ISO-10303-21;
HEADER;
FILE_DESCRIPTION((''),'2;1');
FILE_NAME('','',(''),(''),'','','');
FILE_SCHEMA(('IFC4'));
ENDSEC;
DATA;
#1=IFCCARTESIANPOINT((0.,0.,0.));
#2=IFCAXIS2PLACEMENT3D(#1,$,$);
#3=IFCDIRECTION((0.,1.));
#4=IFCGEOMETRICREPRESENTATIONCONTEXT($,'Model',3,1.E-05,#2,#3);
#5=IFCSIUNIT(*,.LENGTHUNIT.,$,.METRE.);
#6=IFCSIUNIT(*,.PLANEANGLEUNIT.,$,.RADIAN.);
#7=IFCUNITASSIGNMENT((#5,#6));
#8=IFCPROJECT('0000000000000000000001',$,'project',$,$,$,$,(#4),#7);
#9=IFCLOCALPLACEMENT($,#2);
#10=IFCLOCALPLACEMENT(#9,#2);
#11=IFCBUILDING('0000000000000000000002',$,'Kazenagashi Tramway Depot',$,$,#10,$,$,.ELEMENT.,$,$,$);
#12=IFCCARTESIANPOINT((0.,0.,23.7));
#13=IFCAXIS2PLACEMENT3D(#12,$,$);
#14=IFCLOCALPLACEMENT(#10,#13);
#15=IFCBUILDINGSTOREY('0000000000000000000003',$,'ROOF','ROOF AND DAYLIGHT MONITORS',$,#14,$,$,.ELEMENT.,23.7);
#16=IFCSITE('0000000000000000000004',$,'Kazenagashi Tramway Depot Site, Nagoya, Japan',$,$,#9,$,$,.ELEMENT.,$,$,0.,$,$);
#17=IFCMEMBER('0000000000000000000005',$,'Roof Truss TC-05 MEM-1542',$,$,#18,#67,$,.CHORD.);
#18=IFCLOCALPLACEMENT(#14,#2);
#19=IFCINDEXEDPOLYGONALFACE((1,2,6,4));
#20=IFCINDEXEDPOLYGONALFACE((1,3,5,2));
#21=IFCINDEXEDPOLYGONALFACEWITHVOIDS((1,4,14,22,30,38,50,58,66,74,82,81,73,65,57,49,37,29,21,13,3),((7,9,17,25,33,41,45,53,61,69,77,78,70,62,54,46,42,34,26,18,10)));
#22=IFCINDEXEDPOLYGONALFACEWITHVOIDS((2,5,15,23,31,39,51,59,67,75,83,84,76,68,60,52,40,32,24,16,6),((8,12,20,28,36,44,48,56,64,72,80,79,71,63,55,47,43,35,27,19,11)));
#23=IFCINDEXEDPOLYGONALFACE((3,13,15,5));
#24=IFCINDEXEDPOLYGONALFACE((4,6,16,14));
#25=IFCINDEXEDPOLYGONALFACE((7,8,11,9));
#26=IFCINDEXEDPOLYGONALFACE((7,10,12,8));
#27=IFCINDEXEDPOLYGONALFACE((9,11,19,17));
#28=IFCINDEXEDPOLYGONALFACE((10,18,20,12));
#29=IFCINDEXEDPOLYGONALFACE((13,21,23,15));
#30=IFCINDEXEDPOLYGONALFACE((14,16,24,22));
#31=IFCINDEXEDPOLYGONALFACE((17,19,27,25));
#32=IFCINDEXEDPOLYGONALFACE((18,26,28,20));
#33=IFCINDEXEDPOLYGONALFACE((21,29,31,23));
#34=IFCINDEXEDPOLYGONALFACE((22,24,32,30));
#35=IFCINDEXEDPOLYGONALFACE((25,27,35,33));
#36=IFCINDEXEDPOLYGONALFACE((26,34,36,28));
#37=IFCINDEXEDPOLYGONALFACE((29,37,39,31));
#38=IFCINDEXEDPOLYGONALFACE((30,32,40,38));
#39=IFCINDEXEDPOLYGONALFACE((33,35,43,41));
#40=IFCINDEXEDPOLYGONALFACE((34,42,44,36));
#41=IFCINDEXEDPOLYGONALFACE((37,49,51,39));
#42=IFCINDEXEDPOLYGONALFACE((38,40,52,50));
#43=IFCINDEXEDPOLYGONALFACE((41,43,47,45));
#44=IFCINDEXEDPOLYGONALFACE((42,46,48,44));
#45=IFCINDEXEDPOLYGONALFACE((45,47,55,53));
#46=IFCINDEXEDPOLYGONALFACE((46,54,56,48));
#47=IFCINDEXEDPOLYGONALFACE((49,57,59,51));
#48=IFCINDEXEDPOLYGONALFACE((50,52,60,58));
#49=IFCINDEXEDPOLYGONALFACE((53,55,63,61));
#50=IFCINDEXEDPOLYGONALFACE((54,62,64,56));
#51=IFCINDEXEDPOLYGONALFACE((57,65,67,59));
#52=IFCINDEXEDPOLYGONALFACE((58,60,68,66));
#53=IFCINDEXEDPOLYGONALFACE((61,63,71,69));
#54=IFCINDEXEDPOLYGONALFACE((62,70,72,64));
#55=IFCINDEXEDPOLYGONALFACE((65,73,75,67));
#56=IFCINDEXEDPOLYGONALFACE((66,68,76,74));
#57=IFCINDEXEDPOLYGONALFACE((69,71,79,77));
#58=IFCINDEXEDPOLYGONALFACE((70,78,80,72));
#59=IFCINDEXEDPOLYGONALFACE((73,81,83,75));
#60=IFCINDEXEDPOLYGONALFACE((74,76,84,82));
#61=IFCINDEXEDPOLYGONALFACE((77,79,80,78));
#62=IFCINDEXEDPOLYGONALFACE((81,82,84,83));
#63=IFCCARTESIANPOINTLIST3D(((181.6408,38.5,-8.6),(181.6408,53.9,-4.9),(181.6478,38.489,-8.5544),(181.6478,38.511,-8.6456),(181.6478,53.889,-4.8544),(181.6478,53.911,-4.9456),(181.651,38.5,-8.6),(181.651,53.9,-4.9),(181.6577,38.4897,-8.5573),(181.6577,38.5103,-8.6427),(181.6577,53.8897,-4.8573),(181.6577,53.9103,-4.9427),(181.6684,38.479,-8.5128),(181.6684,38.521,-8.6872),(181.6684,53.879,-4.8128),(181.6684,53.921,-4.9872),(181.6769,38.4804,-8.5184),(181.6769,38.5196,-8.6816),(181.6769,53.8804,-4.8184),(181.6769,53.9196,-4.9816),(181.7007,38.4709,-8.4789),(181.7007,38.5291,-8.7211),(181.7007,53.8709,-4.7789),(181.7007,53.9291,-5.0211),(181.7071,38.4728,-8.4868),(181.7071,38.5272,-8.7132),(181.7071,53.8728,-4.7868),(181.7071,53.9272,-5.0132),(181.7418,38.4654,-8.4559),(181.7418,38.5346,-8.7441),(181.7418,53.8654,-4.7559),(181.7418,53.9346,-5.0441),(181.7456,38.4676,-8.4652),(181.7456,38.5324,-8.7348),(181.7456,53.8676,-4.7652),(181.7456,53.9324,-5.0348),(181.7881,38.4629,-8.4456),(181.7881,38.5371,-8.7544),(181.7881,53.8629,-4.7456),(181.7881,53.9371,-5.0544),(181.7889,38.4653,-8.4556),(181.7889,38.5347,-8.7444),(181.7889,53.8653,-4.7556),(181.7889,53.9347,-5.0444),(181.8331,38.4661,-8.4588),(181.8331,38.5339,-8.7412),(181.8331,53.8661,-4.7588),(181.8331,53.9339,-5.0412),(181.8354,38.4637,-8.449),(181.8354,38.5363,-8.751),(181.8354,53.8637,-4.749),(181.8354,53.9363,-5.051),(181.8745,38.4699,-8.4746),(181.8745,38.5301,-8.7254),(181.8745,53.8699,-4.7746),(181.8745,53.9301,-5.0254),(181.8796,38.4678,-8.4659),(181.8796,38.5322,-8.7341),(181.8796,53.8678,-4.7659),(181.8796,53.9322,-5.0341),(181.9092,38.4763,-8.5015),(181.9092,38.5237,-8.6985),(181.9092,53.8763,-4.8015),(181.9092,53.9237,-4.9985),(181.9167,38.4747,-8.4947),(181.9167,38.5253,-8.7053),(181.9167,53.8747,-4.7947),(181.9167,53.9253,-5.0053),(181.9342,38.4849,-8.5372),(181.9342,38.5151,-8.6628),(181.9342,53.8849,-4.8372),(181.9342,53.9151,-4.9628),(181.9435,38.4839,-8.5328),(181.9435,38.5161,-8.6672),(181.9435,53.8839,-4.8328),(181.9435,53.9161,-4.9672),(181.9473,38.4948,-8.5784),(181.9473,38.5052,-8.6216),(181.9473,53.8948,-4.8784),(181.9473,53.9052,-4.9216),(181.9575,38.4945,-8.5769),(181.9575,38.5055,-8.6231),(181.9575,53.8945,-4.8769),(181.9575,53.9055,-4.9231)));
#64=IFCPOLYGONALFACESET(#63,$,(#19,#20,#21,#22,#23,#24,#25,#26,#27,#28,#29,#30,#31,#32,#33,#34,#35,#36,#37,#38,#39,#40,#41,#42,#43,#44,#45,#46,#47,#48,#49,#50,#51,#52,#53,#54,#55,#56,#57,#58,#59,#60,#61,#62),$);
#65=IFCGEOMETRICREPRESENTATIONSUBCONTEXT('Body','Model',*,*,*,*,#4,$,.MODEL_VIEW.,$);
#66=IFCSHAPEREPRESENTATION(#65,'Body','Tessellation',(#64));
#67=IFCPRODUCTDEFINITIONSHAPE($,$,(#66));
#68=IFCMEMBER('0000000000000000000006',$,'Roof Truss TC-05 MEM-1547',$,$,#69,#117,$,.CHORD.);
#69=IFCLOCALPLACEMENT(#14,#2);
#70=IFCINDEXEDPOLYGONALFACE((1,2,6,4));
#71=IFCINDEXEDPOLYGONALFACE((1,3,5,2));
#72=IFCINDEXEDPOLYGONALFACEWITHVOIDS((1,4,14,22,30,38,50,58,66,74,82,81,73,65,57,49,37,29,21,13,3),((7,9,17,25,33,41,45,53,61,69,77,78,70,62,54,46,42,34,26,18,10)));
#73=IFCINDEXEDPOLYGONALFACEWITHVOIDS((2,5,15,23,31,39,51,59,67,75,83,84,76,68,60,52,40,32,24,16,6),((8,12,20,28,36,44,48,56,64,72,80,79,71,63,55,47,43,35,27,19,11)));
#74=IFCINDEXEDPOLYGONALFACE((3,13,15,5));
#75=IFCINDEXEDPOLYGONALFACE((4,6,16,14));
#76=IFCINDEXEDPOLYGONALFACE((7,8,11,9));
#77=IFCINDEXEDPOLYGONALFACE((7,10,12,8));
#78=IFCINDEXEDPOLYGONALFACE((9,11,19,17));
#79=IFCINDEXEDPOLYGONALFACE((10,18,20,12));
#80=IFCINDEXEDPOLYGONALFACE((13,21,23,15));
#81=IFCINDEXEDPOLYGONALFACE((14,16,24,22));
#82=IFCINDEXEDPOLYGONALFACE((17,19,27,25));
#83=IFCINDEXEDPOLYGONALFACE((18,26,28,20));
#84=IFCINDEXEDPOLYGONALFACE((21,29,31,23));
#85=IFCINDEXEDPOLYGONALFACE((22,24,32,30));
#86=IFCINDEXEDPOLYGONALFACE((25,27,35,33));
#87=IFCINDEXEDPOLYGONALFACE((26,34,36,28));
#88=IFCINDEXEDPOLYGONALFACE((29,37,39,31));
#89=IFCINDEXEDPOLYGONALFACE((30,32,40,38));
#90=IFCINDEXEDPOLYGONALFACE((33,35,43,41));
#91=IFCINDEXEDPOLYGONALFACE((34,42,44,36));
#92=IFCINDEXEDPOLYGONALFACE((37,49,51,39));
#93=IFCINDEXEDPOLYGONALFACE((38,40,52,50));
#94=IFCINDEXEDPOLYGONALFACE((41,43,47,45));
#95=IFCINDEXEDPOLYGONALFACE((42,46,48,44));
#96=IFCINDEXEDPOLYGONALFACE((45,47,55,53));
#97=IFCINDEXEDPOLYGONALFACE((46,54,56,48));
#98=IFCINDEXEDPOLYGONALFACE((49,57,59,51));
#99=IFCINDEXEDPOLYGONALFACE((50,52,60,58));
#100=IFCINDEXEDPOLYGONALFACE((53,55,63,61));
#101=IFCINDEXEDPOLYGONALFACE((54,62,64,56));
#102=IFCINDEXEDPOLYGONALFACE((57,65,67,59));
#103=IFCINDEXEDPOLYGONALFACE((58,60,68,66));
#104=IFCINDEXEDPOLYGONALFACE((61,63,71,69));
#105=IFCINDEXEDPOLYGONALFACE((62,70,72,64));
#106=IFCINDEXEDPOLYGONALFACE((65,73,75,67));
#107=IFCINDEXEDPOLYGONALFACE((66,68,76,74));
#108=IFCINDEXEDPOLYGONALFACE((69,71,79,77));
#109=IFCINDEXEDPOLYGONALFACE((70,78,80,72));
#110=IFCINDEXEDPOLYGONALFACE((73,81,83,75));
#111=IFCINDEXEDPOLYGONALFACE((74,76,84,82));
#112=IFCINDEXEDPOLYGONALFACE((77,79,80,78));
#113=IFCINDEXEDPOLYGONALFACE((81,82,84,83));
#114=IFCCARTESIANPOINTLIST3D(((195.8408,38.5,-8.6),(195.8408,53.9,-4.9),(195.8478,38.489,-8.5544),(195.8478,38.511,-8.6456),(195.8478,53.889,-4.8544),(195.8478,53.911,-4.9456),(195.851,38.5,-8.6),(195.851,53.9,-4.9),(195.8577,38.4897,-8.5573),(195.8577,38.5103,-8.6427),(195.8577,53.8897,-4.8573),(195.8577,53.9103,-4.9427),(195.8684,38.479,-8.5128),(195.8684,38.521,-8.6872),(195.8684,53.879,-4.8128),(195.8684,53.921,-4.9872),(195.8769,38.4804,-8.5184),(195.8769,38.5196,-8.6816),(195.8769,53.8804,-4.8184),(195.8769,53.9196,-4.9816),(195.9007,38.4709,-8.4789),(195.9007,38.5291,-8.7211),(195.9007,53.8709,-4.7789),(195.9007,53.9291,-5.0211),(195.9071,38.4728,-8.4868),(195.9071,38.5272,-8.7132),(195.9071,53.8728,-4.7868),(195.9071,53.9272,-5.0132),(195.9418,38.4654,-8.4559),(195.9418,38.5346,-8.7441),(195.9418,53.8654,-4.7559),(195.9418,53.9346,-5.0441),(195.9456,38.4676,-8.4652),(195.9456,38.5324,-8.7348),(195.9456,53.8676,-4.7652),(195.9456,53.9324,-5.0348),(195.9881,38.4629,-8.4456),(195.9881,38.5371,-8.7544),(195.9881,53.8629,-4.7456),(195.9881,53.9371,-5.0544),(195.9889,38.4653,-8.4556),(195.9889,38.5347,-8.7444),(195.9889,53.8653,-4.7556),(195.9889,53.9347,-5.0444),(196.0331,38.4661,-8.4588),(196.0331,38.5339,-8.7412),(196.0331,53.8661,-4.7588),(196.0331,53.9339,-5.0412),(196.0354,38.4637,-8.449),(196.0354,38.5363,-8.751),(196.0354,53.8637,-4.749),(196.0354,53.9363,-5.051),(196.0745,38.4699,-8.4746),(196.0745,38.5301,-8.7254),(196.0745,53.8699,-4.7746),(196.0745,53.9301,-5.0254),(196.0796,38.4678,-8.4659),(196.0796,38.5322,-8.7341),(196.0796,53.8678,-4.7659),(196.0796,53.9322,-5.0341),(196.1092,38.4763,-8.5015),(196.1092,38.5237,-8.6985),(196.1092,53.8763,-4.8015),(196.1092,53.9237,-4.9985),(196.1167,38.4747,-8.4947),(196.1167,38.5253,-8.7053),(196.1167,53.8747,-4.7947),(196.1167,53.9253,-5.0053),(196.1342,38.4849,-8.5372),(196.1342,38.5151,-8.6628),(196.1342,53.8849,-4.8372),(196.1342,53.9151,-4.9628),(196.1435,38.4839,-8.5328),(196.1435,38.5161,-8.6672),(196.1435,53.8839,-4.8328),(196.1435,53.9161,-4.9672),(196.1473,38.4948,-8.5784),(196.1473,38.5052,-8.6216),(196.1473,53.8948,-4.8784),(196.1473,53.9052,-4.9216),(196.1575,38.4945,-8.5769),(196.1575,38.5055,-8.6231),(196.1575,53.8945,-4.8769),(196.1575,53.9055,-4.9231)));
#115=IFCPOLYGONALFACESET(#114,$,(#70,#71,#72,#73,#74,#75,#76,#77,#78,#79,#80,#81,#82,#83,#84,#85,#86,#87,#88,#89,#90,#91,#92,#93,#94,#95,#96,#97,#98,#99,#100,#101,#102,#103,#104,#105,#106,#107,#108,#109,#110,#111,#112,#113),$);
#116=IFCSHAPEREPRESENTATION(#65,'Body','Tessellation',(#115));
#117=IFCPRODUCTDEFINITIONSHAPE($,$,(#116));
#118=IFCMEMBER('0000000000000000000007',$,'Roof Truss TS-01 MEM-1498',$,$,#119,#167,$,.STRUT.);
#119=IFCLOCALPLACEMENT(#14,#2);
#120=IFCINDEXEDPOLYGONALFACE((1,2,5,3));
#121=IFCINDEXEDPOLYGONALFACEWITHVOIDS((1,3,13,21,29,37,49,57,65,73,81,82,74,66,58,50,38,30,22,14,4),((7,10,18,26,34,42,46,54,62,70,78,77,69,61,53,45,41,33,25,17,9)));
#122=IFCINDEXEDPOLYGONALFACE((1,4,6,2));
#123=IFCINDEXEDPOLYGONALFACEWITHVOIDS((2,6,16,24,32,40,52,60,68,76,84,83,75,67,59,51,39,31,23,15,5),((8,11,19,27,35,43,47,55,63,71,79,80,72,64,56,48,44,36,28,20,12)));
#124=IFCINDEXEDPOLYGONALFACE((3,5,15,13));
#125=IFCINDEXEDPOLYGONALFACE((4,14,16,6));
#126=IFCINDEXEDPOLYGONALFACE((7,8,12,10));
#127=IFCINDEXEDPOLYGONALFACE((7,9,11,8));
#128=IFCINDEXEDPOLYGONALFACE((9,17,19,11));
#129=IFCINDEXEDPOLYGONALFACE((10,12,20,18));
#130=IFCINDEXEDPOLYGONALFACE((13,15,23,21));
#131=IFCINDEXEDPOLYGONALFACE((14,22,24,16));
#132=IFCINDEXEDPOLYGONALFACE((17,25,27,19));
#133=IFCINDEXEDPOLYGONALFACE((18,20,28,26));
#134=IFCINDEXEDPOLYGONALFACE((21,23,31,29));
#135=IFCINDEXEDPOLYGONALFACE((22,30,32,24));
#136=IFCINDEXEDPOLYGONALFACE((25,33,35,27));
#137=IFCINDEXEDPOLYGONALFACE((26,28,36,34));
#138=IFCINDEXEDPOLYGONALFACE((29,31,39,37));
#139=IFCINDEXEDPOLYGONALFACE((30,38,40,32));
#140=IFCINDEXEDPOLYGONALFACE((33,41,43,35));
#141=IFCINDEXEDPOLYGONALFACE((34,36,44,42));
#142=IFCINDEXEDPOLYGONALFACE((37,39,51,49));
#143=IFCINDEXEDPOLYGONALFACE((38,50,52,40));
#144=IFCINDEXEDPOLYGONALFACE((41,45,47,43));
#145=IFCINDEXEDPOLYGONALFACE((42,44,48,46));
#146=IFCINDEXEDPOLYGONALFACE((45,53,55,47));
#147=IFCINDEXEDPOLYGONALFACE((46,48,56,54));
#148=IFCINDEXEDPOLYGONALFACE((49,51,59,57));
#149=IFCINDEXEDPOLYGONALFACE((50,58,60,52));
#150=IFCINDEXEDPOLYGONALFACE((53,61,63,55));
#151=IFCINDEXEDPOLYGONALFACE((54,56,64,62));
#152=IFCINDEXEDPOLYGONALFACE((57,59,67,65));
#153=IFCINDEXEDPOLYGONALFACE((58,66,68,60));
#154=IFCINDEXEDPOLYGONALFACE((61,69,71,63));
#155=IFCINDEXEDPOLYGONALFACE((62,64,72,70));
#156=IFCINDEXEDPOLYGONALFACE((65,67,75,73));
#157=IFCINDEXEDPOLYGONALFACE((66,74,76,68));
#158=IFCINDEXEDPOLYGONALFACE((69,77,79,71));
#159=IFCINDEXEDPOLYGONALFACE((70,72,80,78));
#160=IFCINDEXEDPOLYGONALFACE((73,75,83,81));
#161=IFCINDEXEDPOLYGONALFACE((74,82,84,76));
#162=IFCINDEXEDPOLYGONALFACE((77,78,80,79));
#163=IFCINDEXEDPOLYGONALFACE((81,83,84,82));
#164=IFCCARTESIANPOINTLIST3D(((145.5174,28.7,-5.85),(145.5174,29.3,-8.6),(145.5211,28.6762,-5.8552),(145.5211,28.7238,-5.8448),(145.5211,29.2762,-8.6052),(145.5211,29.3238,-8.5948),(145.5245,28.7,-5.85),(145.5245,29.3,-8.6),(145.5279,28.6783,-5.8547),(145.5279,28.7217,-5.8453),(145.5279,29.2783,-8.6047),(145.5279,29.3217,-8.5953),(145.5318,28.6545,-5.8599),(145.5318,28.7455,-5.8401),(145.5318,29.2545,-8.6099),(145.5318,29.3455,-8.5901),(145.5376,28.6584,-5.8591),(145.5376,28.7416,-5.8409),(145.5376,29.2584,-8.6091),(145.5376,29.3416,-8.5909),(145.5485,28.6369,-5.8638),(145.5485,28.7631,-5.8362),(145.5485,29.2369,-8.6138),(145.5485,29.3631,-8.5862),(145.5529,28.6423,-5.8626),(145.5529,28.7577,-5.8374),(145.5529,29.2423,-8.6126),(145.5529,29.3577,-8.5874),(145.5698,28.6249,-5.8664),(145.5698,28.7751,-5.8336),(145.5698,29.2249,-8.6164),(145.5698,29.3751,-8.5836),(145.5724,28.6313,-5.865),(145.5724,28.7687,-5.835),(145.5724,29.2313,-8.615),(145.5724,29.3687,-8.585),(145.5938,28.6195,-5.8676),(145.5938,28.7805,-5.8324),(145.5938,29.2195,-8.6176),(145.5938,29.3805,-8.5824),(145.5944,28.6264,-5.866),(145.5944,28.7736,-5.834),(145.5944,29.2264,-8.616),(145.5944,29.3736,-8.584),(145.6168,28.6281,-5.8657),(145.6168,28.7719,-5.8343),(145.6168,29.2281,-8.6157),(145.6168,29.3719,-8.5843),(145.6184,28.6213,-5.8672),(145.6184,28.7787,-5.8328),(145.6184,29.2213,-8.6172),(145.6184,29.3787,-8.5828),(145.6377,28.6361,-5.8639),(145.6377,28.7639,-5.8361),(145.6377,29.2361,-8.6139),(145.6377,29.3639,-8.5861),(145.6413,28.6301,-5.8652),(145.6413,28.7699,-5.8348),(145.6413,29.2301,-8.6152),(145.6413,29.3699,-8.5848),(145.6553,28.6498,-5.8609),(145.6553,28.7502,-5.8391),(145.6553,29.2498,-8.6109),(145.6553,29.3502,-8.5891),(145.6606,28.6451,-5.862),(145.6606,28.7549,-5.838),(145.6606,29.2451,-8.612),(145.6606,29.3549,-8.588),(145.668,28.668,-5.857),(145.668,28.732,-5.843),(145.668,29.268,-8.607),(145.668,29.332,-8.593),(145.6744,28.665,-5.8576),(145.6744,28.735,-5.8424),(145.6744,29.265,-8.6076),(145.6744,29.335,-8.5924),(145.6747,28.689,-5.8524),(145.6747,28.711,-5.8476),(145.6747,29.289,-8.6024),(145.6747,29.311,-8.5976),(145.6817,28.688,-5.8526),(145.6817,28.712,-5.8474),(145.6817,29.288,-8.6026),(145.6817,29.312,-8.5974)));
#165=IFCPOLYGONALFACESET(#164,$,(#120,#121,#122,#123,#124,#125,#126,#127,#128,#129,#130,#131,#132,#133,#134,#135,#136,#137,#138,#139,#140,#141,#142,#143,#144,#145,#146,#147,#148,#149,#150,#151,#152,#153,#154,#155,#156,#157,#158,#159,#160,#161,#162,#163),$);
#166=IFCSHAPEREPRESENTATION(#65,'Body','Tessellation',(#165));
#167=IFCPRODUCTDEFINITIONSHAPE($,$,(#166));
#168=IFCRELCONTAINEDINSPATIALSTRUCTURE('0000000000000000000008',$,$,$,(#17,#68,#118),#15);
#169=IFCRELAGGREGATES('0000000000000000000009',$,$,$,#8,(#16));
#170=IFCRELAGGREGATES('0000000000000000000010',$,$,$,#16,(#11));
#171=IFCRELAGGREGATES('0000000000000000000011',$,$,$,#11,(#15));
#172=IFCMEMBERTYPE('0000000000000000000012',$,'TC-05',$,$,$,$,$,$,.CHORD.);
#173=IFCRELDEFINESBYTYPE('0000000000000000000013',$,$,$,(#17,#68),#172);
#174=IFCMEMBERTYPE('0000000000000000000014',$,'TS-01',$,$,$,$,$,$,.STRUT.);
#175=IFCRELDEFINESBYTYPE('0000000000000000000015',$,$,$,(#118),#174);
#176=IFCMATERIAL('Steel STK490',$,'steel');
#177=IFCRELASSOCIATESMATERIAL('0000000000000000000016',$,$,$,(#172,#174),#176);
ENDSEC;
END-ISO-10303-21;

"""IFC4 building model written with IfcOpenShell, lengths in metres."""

from ifc_helpers import new_model, si_unit, direction, frame, origin, origin_2d, place, context, subcontext, project, spatial, hollow_circle, extrude, material, material_profile, profile_set, type_object, element, save


model = new_model("IFC4")

# Units and contexts
model_context = context("Model", 3, precision=1e-05, world=origin(), true_north=direction((0.0, 1.0)))
body_context = subcontext(model_context, "Body", "Model", "MODEL_VIEW")
ifc_project = project(units=[si_unit("LENGTHUNIT", "METRE"), si_unit("PLANEANGLEUNIT", "RADIAN")], contexts=[model_context])

# Site, building, storey
site_placement = place(None, origin())
site = spatial("IfcSite", under=ifc_project, at=site_placement, Name="Kazenagashi Tramway Depot Site, Nagoya, Japan", CompositionType="ELEMENT", RefElevation=0.0)
building_placement = place(site_placement, origin())
building = spatial("IfcBuilding", under=site, at=building_placement, Name="Kazenagashi Tramway Depot", CompositionType="ELEMENT")
storey_placement = place(building_placement, frame((0.0, 0.0, 23.7)))
storey = spatial("IfcBuildingStorey", under=building, at=storey_placement, Name="ROOF", Description="ROOF AND DAYLIGHT MONITORS", CompositionType="ELEMENT", Elevation=23.7)

# Members
ifc_material_1 = material(Name="Steel STK490", Category="steel")
ifc_material_profile_1 = material_profile(ifc_material_1, hollow_circle(Radius=0.1593, WallThickness=0.0103, at=origin_2d()), Name="CHS-318.5x10.3")
ifc_profile_set_1 = profile_set([ifc_material_profile_1], Name="Steel STK490")
member_type_1 = type_object("IfcMemberType", Name="TC-05", PredefinedType="CHORD", material=ifc_profile_set_1)
for number, where, z_axis, x_axis, name in (
    (1, (181.8, 38.5, -8.6), (0.0, 0.97233, 0.233612), (-1.0, 0.0, 0.0), "Roof Truss TC-05 MEM-1542"),
    (2, (196.0, 38.5, -8.6), (0.0, 0.97233, 0.233612), (-1.0, 0.0, 0.0), "Roof Truss TC-05 MEM-1547"),
):
    element("IfcMember", number, at=place(storey_placement, frame(where, z_axis=z_axis, x_axis=x_axis)), inside=storey, type_object=member_type_1, Name=name, PredefinedType="CHORD", context=body_context, shape_type="SweptSolid", body=[
        extrude(hollow_circle(Radius=0.1593, WallThickness=0.0103, at=origin_2d()), origin(), (0.0, 0.0, 1.0), 15.8382),
    ])
ifc_material_profile_2 = material_profile(ifc_material_1, hollow_circle(Radius=0.0826, WallThickness=0.0071, at=origin_2d()), Name="CHS-165.2x7.1")
ifc_profile_set_2 = profile_set([ifc_material_profile_2], Name="Steel STK490")
member_type_2 = type_object("IfcMemberType", Name="TS-01", PredefinedType="STRUT", material=ifc_profile_set_2)
for number, where, z_axis, x_axis, name in (
    (3, (145.6, 28.7, -5.85), (0.0, 0.213167, -0.977016), (-1.0, 0.0, 0.0), "Roof Truss TS-01 MEM-1498"),
):
    element("IfcMember", number, at=place(storey_placement, frame(where, z_axis=z_axis, x_axis=x_axis)), inside=storey, type_object=member_type_2, Name=name, PredefinedType="STRUT", context=body_context, shape_type="SweptSolid", body=[
        extrude(hollow_circle(Radius=0.0826, WallThickness=0.0071, at=origin_2d()), origin(), (0.0, 0.0, 1.0), 2.8147),
    ])

save(model, "model.ifc")
